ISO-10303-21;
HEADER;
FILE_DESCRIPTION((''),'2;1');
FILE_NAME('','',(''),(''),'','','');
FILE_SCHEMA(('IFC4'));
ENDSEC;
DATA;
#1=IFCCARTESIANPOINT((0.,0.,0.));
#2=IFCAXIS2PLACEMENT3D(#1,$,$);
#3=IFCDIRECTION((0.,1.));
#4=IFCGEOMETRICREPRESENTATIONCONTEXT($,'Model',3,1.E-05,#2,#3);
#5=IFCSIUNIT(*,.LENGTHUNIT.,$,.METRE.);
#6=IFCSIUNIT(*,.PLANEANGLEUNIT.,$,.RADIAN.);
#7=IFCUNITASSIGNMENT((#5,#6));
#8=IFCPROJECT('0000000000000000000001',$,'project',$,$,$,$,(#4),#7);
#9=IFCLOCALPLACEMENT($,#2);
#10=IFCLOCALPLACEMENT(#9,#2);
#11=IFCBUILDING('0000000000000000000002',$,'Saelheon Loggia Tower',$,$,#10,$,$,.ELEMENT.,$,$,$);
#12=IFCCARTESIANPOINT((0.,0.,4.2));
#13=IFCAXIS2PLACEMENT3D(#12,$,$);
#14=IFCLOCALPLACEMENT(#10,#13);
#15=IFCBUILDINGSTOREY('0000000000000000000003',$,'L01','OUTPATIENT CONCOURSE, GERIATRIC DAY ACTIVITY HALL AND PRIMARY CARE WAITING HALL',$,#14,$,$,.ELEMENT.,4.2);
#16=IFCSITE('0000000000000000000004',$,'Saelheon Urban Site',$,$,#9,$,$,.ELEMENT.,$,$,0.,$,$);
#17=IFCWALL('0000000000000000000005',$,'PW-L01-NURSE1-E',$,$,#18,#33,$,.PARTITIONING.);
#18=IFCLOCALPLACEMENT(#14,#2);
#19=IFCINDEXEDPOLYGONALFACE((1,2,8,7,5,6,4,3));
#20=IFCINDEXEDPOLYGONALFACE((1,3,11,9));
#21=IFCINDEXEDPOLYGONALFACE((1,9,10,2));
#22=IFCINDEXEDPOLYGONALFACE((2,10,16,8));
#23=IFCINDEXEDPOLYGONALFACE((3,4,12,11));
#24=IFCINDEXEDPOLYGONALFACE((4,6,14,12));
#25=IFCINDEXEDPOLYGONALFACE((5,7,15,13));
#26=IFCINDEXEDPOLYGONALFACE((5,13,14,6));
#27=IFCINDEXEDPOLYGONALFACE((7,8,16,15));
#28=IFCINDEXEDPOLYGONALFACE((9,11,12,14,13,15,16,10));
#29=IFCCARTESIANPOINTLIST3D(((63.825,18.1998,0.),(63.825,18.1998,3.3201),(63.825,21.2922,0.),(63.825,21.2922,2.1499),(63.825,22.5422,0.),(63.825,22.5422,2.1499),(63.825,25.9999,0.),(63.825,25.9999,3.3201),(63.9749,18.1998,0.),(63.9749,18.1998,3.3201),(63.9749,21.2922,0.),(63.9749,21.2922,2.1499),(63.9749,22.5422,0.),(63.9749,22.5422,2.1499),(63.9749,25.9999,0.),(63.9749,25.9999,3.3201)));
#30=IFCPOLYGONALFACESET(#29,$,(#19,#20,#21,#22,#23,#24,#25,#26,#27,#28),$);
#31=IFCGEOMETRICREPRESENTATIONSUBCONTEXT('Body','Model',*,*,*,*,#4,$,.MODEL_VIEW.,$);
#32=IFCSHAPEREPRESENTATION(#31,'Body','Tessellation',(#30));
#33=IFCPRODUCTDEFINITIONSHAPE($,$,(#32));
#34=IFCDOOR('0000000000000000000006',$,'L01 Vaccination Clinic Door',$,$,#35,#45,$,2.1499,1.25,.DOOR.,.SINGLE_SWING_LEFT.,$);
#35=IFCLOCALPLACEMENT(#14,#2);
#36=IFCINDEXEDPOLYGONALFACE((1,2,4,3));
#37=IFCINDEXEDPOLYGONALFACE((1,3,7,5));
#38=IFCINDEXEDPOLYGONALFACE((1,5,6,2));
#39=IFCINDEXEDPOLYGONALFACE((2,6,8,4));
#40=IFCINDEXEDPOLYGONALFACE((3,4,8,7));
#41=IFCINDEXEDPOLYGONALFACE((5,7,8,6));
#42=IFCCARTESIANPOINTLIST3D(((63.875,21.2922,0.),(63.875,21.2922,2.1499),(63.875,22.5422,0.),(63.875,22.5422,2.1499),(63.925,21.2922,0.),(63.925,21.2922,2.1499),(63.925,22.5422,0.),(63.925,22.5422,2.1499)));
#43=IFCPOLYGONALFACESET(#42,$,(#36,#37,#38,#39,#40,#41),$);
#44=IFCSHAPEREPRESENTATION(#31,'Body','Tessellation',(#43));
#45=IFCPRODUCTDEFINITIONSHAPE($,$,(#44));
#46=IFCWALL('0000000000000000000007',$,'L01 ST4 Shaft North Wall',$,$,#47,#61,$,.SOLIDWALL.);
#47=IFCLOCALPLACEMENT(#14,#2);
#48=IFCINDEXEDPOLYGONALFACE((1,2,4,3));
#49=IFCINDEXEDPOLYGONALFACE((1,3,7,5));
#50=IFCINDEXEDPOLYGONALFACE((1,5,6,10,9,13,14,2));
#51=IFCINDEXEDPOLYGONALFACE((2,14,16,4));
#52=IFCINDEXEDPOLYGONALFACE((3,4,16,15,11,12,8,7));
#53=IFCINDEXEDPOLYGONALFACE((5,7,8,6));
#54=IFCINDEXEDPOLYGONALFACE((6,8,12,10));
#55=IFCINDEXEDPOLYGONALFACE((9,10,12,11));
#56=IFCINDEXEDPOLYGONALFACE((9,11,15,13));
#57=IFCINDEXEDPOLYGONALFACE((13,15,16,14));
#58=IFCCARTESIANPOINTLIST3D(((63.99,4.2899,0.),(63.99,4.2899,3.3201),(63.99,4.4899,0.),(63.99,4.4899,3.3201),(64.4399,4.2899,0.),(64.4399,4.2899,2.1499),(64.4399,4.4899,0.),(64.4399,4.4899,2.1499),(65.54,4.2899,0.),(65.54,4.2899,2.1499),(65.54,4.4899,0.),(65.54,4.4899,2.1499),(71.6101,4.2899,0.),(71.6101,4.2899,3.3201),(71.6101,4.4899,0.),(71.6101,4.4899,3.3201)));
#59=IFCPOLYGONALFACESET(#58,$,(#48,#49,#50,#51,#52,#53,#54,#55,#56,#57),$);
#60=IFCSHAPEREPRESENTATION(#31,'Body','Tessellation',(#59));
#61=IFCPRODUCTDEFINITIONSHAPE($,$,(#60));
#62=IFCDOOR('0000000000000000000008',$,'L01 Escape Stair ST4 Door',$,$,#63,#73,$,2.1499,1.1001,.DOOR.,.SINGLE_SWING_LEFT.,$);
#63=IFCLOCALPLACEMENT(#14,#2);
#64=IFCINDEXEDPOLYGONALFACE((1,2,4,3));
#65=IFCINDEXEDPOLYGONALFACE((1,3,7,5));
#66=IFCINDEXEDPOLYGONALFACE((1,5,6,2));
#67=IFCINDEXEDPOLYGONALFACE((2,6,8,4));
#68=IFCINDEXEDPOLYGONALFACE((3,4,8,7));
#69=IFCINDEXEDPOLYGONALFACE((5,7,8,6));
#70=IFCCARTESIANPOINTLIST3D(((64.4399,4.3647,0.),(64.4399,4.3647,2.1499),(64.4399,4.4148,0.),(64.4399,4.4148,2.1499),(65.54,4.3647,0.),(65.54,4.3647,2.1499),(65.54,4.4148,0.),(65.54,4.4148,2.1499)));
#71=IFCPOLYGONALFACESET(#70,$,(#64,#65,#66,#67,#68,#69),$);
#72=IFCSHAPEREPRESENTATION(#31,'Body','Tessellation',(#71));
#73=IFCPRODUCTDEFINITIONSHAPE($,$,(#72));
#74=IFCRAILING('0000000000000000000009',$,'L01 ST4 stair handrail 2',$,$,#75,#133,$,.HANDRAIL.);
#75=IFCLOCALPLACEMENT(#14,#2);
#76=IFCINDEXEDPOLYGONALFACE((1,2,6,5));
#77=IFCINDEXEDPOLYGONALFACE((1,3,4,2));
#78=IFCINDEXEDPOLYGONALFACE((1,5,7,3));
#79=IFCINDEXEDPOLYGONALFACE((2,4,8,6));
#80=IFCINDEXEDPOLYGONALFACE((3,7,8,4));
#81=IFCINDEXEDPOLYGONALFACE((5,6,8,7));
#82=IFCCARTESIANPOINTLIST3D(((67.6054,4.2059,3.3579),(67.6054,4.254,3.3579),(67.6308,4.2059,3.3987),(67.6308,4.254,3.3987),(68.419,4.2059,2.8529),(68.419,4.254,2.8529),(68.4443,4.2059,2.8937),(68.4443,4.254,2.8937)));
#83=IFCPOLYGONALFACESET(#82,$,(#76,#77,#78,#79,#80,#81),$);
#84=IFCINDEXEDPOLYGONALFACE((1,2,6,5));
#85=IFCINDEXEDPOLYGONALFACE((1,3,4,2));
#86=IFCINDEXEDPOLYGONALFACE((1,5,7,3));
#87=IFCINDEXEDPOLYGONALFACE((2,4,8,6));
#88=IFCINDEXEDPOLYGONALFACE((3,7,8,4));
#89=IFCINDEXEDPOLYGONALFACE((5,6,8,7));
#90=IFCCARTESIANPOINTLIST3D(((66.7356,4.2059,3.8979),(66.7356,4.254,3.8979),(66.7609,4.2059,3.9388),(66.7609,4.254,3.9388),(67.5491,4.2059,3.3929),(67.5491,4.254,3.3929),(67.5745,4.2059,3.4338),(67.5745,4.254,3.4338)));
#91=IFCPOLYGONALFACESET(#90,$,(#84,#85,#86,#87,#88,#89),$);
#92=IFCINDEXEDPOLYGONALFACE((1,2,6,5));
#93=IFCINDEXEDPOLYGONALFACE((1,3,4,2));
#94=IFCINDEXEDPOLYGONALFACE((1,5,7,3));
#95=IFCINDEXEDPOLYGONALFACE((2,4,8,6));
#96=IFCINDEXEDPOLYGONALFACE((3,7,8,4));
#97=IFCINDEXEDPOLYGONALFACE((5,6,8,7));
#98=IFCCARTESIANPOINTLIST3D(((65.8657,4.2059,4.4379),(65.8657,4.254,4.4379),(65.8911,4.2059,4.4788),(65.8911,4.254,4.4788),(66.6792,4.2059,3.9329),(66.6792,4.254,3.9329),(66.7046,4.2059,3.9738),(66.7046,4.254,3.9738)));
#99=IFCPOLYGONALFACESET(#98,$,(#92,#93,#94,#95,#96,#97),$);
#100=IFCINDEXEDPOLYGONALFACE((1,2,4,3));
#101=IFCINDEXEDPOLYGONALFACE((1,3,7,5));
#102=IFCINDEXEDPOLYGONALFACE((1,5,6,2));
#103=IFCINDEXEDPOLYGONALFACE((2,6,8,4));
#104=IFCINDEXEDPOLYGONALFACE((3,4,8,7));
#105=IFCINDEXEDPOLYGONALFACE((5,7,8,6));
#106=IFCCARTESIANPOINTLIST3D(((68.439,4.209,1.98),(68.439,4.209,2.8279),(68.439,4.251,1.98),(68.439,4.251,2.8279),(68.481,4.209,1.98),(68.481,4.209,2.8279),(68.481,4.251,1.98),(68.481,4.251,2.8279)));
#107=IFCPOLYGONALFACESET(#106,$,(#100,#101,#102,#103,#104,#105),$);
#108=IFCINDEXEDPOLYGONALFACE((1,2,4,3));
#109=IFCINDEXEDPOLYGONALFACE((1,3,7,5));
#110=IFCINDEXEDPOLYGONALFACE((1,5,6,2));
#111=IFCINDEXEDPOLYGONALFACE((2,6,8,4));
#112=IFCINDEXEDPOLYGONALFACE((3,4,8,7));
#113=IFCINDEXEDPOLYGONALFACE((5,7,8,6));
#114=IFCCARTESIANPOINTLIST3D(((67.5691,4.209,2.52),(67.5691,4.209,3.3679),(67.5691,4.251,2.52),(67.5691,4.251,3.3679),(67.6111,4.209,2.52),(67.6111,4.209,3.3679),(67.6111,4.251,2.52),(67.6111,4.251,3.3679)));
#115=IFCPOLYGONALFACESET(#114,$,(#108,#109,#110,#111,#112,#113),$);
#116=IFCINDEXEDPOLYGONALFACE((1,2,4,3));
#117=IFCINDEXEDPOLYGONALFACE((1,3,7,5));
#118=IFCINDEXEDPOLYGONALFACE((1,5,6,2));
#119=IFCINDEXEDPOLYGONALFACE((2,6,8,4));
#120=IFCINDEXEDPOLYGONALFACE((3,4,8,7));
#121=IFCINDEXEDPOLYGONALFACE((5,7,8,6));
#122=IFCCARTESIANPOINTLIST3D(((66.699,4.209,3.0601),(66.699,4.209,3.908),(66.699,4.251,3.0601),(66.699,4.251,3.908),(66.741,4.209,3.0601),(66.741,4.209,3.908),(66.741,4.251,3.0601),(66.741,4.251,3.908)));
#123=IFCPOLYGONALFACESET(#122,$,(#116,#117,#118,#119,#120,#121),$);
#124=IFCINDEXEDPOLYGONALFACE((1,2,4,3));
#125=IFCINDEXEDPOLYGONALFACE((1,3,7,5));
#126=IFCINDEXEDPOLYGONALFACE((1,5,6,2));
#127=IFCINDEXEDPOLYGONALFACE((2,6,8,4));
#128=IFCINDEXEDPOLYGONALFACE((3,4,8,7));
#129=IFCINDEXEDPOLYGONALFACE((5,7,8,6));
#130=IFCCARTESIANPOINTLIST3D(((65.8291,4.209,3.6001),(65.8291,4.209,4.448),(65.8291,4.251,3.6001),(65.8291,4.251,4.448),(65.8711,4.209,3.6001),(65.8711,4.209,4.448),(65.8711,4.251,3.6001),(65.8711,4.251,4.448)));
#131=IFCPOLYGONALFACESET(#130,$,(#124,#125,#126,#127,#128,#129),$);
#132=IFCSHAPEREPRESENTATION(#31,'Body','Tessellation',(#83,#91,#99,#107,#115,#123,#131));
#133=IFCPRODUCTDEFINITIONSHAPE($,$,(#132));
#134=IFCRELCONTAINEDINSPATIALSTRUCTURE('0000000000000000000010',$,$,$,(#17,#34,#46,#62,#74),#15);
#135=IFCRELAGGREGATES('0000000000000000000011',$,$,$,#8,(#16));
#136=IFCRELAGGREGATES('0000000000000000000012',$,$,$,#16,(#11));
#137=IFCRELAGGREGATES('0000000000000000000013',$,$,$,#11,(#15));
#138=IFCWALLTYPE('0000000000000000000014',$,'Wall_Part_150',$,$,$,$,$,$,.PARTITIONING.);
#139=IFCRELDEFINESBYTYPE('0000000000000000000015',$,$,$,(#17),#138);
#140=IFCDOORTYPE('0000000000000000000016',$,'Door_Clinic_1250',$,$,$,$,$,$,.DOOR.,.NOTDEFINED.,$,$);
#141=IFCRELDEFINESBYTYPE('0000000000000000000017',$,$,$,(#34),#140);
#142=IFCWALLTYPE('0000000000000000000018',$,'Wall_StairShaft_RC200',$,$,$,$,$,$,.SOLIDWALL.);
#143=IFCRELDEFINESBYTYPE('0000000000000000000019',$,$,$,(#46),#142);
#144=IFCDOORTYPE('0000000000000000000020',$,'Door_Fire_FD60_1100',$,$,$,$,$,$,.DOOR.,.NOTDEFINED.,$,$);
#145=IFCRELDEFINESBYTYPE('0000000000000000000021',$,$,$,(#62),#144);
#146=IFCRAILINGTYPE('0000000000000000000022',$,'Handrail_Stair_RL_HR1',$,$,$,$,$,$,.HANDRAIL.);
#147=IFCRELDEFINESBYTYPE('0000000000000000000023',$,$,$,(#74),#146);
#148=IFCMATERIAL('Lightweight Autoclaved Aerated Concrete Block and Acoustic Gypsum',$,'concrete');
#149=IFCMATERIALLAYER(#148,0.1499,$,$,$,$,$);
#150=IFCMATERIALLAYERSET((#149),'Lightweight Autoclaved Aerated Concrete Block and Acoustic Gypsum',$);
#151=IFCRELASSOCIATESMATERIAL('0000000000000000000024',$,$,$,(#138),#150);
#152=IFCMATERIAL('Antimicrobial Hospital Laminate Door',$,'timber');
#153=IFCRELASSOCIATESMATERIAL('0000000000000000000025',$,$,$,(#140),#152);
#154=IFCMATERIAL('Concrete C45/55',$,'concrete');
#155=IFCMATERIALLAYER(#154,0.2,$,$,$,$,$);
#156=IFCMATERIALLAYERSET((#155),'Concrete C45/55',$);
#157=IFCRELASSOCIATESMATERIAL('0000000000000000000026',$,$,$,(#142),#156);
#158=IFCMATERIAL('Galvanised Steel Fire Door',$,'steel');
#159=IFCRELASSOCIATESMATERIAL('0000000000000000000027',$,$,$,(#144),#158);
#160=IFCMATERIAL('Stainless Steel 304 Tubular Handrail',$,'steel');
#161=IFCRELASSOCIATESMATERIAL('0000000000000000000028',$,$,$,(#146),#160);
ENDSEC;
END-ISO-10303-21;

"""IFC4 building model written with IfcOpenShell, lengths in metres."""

from ifc_helpers import new_model, si_unit, direction, frame, frame_2d, origin, origin_2d, place, context, subcontext, project, spatial, rectangle, extrude, source, transform, mapped, material, layer, layer_set, type_object, element, fill, save


model = new_model("IFC4")

# Units and contexts
model_context = context("Model", 3, precision=1e-05, world=origin(), true_north=direction((0.0, 1.0)))
body_context = subcontext(model_context, "Body", "Model", "MODEL_VIEW")
ifc_project = project(units=[si_unit("LENGTHUNIT", "METRE"), si_unit("PLANEANGLEUNIT", "RADIAN")], contexts=[model_context])

# Site, building, storey
site_placement = place(None, origin())
site = spatial("IfcSite", under=ifc_project, at=site_placement, Name="Saelheon Urban Site", CompositionType="ELEMENT", RefElevation=0.0)
building_placement = place(site_placement, origin())
building = spatial("IfcBuilding", under=site, at=building_placement, Name="Saelheon Loggia Tower", CompositionType="ELEMENT")
storey_placement = place(building_placement, frame((0.0, 0.0, 4.2)))
storey = spatial("IfcBuildingStorey", under=building, at=storey_placement, Name="L01", Description="OUTPATIENT CONCOURSE, GERIATRIC DAY ACTIVITY HALL AND PRIMARY CARE WAITING HALL", CompositionType="ELEMENT", Elevation=4.2)

# Shared definitions
ifc_material_1 = material(Name="Concrete C45/55", Category="concrete")

# Shared definitions
ifc_material_2 = material(Name="Lightweight Autoclaved Aerated Concrete Block and Acoustic Gypsum", Category="concrete")
ifc_layer_1 = layer(ifc_material_2, 0.1499)
ifc_layer_set_1 = layer_set([ifc_layer_1], Name="Lightweight Autoclaved Aerated Concrete Block and Acoustic Gypsum")
wall_type_1 = type_object("IfcWallType", Name="Wall_Part_150", PredefinedType="PARTITIONING", material=ifc_layer_set_1)

# Walls, openings, doors
ifc_material_3 = material(Name="Antimicrobial Hospital Laminate Door", Category="timber")
door_type_1 = type_object("IfcDoorType", Name="Door_Clinic_1250", OperationType="NOTDEFINED", PredefinedType="DOOR", material=ifc_material_3)
shared_shape_1 = source(origin(), body_context, "Body", "SweptSolid", [
    extrude(rectangle(XDim=1.25, YDim=2.1499, at=frame_2d((0.625, 1.075))), frame((0.0, 0.0249, 0.0), z_axis=(0.0, -1.0, 0.0), x_axis=(1.0, 0.0, 0.0)), (0.0, 0.0, 1.0), 0.05),
])
wall_1_placement = place(storey_placement, frame((63.8999, 18.2, 0.0), z_axis=(0.0, 0.0, 1.0), x_axis=(0.0, 1.0, 0.0)))
wall_1 = element("IfcWall", 1, at=wall_1_placement, inside=storey, type_object=wall_type_1, Name="PW-L01-NURSE1-E", PredefinedType="PARTITIONING", context=body_context, shape_type="SweptSolid", body=[
    extrude(rectangle(XDim=7.8, YDim=0.1499, at=frame_2d((3.8999, 0.0))), origin(), (0.0, 0.0, 1.0), 3.3201),
])
opening_1_placement = place(wall_1_placement, frame((3.0923, 0.0, 0.0)))
opening_1 = element("IfcOpeningElement", 2, at=opening_1_placement, cuts=wall_1, PredefinedType="OPENING", context=body_context, shape_type="SweptSolid", body=[
    extrude(rectangle(XDim=1.25, YDim=2.1499, at=frame_2d((0.625, 1.075))), frame((0.0, 0.0869, 0.0), z_axis=(0.0, -1.0, 0.0), x_axis=(1.0, 0.0, 0.0)), (0.0, 0.0, 1.0), 0.1738),
])
door_1_placement = place(opening_1_placement, origin())
door_1 = element("IfcDoor", 3, at=door_1_placement, inside=storey, type_object=door_type_1, Name="L01 Vaccination Clinic Door", OperationType="SINGLE_SWING_LEFT", OverallHeight=2.1499, OverallWidth=1.25, PredefinedType="DOOR", context=body_context, shape_type="MappedRepresentation", body=[
    mapped(shared_shape_1, transform((0.0, 0.0, 0.0), scale=1.0)),
])
fill(opening_1, door_1)
ifc_layer_2 = layer(ifc_material_1, 0.2)
ifc_layer_set_2 = layer_set([ifc_layer_2], Name="Concrete C45/55")
wall_type_2 = type_object("IfcWallType", Name="Wall_StairShaft_RC200", PredefinedType="SOLIDWALL", material=ifc_layer_set_2)
wall_2_placement = place(storey_placement, frame((63.99, 4.3899, 0.0), z_axis=(0.0, 0.0, 1.0), x_axis=(1.0, 0.0, 0.0)))
wall_2 = element("IfcWall", 4, at=wall_2_placement, inside=storey, type_object=wall_type_2, Name="L01 ST4 Shaft North Wall", PredefinedType="SOLIDWALL", context=body_context, shape_type="SweptSolid", body=[
    extrude(rectangle(XDim=7.6201, YDim=0.2, at=frame_2d((3.8101, 0.0))), origin(), (0.0, 0.0, 1.0), 3.3201),
])
opening_2_placement = place(wall_2_placement, frame((0.45, 0.0, 0.0)))
opening_2 = element("IfcOpeningElement", 5, at=opening_2_placement, cuts=wall_2, PredefinedType="OPENING", context=body_context, shape_type="SweptSolid", body=[
    extrude(rectangle(XDim=1.1001, YDim=2.1499, at=frame_2d((0.55, 1.075))), frame((0.0, 0.1121, 0.0), z_axis=(0.0, -1.0, 0.0), x_axis=(1.0, 0.0, 0.0)), (0.0, 0.0, 1.0), 0.2239),
])
ifc_material_4 = material(Name="Galvanised Steel Fire Door", Category="steel")
door_type_2 = type_object("IfcDoorType", Name="Door_Fire_FD60_1100", OperationType="NOTDEFINED", PredefinedType="DOOR", material=ifc_material_4)
shared_shape_2 = source(origin(), body_context, "Body", "SweptSolid", [
    extrude(rectangle(XDim=1.1001, YDim=2.1499, at=frame_2d((0.55, 1.075))), frame((0.0, 0.0249, 0.0), z_axis=(0.0, -1.0, 0.0), x_axis=(1.0, 0.0, 0.0)), (0.0, 0.0, 1.0), 0.05),
])
door_2_placement = place(opening_2_placement, origin())
door_2 = element("IfcDoor", 6, at=door_2_placement, inside=storey, type_object=door_type_2, Name="L01 Escape Stair ST4 Door", OperationType="SINGLE_SWING_LEFT", OverallHeight=2.1499, OverallWidth=1.1001, PredefinedType="DOOR", context=body_context, shape_type="MappedRepresentation", body=[
    mapped(shared_shape_2, transform((0.0, 0.0, 0.0), scale=1.0)),
])
fill(opening_2, door_2)

# Railing
ifc_material_5 = material(Name="Stainless Steel 304 Tubular Handrail", Category="steel")
railing_type = type_object("IfcRailingType", Name="Handrail_Stair_RL_HR1", PredefinedType="HANDRAIL", material=ifc_material_5)
railing_placement = place(storey_placement, frame((68.46, 4.23, 1.98)))
element("IfcRailing", 7, at=railing_placement, inside=storey, type_object=railing_type, Name="L01 ST4 stair handrail 2", PredefinedType="HANDRAIL", context=body_context, shape_type="SweptSolid", body=[
    extrude(rectangle(XDim=0.0481, YDim=0.0481, at=origin_2d()), frame((-0.0283, 0.0, 0.8933), z_axis=(-0.849611, 0.0, 0.52741), x_axis=(0.0, -1.0, 0.0)), (0.0, 0.0, 1.0), 0.9575),
    extrude(rectangle(XDim=0.0481, YDim=0.0481, at=origin_2d()), frame((-0.8982, 0.0, 1.4333), z_axis=(-0.849611, 0.0, 0.52741), x_axis=(0.0, -1.0, 0.0)), (0.0, 0.0, 1.0), 0.9575),
    extrude(rectangle(XDim=0.0481, YDim=0.0481, at=origin_2d()), frame((-1.7681, 0.0, 1.9734), z_axis=(-0.849611, 0.0, 0.52741), x_axis=(0.0, -1.0, 0.0)), (0.0, 0.0, 1.0), 0.9575),
    extrude(rectangle(XDim=0.042, YDim=0.042, at=origin_2d()), origin(), (0.0, 0.0, 1.0), 0.8479),
    extrude(rectangle(XDim=0.042, YDim=0.042, at=origin_2d()), frame((-0.8699, 0.0, 0.54)), (0.0, 0.0, 1.0), 0.8479),
    extrude(rectangle(XDim=0.042, YDim=0.042, at=origin_2d()), frame((-1.74, 0.0, 1.0801)), (0.0, 0.0, 1.0), 0.8479),
    extrude(rectangle(XDim=0.042, YDim=0.042, at=origin_2d()), frame((-2.6099, 0.0, 1.6201)), (0.0, 0.0, 1.0), 0.8479),
])

save(model, "model.ifc")
